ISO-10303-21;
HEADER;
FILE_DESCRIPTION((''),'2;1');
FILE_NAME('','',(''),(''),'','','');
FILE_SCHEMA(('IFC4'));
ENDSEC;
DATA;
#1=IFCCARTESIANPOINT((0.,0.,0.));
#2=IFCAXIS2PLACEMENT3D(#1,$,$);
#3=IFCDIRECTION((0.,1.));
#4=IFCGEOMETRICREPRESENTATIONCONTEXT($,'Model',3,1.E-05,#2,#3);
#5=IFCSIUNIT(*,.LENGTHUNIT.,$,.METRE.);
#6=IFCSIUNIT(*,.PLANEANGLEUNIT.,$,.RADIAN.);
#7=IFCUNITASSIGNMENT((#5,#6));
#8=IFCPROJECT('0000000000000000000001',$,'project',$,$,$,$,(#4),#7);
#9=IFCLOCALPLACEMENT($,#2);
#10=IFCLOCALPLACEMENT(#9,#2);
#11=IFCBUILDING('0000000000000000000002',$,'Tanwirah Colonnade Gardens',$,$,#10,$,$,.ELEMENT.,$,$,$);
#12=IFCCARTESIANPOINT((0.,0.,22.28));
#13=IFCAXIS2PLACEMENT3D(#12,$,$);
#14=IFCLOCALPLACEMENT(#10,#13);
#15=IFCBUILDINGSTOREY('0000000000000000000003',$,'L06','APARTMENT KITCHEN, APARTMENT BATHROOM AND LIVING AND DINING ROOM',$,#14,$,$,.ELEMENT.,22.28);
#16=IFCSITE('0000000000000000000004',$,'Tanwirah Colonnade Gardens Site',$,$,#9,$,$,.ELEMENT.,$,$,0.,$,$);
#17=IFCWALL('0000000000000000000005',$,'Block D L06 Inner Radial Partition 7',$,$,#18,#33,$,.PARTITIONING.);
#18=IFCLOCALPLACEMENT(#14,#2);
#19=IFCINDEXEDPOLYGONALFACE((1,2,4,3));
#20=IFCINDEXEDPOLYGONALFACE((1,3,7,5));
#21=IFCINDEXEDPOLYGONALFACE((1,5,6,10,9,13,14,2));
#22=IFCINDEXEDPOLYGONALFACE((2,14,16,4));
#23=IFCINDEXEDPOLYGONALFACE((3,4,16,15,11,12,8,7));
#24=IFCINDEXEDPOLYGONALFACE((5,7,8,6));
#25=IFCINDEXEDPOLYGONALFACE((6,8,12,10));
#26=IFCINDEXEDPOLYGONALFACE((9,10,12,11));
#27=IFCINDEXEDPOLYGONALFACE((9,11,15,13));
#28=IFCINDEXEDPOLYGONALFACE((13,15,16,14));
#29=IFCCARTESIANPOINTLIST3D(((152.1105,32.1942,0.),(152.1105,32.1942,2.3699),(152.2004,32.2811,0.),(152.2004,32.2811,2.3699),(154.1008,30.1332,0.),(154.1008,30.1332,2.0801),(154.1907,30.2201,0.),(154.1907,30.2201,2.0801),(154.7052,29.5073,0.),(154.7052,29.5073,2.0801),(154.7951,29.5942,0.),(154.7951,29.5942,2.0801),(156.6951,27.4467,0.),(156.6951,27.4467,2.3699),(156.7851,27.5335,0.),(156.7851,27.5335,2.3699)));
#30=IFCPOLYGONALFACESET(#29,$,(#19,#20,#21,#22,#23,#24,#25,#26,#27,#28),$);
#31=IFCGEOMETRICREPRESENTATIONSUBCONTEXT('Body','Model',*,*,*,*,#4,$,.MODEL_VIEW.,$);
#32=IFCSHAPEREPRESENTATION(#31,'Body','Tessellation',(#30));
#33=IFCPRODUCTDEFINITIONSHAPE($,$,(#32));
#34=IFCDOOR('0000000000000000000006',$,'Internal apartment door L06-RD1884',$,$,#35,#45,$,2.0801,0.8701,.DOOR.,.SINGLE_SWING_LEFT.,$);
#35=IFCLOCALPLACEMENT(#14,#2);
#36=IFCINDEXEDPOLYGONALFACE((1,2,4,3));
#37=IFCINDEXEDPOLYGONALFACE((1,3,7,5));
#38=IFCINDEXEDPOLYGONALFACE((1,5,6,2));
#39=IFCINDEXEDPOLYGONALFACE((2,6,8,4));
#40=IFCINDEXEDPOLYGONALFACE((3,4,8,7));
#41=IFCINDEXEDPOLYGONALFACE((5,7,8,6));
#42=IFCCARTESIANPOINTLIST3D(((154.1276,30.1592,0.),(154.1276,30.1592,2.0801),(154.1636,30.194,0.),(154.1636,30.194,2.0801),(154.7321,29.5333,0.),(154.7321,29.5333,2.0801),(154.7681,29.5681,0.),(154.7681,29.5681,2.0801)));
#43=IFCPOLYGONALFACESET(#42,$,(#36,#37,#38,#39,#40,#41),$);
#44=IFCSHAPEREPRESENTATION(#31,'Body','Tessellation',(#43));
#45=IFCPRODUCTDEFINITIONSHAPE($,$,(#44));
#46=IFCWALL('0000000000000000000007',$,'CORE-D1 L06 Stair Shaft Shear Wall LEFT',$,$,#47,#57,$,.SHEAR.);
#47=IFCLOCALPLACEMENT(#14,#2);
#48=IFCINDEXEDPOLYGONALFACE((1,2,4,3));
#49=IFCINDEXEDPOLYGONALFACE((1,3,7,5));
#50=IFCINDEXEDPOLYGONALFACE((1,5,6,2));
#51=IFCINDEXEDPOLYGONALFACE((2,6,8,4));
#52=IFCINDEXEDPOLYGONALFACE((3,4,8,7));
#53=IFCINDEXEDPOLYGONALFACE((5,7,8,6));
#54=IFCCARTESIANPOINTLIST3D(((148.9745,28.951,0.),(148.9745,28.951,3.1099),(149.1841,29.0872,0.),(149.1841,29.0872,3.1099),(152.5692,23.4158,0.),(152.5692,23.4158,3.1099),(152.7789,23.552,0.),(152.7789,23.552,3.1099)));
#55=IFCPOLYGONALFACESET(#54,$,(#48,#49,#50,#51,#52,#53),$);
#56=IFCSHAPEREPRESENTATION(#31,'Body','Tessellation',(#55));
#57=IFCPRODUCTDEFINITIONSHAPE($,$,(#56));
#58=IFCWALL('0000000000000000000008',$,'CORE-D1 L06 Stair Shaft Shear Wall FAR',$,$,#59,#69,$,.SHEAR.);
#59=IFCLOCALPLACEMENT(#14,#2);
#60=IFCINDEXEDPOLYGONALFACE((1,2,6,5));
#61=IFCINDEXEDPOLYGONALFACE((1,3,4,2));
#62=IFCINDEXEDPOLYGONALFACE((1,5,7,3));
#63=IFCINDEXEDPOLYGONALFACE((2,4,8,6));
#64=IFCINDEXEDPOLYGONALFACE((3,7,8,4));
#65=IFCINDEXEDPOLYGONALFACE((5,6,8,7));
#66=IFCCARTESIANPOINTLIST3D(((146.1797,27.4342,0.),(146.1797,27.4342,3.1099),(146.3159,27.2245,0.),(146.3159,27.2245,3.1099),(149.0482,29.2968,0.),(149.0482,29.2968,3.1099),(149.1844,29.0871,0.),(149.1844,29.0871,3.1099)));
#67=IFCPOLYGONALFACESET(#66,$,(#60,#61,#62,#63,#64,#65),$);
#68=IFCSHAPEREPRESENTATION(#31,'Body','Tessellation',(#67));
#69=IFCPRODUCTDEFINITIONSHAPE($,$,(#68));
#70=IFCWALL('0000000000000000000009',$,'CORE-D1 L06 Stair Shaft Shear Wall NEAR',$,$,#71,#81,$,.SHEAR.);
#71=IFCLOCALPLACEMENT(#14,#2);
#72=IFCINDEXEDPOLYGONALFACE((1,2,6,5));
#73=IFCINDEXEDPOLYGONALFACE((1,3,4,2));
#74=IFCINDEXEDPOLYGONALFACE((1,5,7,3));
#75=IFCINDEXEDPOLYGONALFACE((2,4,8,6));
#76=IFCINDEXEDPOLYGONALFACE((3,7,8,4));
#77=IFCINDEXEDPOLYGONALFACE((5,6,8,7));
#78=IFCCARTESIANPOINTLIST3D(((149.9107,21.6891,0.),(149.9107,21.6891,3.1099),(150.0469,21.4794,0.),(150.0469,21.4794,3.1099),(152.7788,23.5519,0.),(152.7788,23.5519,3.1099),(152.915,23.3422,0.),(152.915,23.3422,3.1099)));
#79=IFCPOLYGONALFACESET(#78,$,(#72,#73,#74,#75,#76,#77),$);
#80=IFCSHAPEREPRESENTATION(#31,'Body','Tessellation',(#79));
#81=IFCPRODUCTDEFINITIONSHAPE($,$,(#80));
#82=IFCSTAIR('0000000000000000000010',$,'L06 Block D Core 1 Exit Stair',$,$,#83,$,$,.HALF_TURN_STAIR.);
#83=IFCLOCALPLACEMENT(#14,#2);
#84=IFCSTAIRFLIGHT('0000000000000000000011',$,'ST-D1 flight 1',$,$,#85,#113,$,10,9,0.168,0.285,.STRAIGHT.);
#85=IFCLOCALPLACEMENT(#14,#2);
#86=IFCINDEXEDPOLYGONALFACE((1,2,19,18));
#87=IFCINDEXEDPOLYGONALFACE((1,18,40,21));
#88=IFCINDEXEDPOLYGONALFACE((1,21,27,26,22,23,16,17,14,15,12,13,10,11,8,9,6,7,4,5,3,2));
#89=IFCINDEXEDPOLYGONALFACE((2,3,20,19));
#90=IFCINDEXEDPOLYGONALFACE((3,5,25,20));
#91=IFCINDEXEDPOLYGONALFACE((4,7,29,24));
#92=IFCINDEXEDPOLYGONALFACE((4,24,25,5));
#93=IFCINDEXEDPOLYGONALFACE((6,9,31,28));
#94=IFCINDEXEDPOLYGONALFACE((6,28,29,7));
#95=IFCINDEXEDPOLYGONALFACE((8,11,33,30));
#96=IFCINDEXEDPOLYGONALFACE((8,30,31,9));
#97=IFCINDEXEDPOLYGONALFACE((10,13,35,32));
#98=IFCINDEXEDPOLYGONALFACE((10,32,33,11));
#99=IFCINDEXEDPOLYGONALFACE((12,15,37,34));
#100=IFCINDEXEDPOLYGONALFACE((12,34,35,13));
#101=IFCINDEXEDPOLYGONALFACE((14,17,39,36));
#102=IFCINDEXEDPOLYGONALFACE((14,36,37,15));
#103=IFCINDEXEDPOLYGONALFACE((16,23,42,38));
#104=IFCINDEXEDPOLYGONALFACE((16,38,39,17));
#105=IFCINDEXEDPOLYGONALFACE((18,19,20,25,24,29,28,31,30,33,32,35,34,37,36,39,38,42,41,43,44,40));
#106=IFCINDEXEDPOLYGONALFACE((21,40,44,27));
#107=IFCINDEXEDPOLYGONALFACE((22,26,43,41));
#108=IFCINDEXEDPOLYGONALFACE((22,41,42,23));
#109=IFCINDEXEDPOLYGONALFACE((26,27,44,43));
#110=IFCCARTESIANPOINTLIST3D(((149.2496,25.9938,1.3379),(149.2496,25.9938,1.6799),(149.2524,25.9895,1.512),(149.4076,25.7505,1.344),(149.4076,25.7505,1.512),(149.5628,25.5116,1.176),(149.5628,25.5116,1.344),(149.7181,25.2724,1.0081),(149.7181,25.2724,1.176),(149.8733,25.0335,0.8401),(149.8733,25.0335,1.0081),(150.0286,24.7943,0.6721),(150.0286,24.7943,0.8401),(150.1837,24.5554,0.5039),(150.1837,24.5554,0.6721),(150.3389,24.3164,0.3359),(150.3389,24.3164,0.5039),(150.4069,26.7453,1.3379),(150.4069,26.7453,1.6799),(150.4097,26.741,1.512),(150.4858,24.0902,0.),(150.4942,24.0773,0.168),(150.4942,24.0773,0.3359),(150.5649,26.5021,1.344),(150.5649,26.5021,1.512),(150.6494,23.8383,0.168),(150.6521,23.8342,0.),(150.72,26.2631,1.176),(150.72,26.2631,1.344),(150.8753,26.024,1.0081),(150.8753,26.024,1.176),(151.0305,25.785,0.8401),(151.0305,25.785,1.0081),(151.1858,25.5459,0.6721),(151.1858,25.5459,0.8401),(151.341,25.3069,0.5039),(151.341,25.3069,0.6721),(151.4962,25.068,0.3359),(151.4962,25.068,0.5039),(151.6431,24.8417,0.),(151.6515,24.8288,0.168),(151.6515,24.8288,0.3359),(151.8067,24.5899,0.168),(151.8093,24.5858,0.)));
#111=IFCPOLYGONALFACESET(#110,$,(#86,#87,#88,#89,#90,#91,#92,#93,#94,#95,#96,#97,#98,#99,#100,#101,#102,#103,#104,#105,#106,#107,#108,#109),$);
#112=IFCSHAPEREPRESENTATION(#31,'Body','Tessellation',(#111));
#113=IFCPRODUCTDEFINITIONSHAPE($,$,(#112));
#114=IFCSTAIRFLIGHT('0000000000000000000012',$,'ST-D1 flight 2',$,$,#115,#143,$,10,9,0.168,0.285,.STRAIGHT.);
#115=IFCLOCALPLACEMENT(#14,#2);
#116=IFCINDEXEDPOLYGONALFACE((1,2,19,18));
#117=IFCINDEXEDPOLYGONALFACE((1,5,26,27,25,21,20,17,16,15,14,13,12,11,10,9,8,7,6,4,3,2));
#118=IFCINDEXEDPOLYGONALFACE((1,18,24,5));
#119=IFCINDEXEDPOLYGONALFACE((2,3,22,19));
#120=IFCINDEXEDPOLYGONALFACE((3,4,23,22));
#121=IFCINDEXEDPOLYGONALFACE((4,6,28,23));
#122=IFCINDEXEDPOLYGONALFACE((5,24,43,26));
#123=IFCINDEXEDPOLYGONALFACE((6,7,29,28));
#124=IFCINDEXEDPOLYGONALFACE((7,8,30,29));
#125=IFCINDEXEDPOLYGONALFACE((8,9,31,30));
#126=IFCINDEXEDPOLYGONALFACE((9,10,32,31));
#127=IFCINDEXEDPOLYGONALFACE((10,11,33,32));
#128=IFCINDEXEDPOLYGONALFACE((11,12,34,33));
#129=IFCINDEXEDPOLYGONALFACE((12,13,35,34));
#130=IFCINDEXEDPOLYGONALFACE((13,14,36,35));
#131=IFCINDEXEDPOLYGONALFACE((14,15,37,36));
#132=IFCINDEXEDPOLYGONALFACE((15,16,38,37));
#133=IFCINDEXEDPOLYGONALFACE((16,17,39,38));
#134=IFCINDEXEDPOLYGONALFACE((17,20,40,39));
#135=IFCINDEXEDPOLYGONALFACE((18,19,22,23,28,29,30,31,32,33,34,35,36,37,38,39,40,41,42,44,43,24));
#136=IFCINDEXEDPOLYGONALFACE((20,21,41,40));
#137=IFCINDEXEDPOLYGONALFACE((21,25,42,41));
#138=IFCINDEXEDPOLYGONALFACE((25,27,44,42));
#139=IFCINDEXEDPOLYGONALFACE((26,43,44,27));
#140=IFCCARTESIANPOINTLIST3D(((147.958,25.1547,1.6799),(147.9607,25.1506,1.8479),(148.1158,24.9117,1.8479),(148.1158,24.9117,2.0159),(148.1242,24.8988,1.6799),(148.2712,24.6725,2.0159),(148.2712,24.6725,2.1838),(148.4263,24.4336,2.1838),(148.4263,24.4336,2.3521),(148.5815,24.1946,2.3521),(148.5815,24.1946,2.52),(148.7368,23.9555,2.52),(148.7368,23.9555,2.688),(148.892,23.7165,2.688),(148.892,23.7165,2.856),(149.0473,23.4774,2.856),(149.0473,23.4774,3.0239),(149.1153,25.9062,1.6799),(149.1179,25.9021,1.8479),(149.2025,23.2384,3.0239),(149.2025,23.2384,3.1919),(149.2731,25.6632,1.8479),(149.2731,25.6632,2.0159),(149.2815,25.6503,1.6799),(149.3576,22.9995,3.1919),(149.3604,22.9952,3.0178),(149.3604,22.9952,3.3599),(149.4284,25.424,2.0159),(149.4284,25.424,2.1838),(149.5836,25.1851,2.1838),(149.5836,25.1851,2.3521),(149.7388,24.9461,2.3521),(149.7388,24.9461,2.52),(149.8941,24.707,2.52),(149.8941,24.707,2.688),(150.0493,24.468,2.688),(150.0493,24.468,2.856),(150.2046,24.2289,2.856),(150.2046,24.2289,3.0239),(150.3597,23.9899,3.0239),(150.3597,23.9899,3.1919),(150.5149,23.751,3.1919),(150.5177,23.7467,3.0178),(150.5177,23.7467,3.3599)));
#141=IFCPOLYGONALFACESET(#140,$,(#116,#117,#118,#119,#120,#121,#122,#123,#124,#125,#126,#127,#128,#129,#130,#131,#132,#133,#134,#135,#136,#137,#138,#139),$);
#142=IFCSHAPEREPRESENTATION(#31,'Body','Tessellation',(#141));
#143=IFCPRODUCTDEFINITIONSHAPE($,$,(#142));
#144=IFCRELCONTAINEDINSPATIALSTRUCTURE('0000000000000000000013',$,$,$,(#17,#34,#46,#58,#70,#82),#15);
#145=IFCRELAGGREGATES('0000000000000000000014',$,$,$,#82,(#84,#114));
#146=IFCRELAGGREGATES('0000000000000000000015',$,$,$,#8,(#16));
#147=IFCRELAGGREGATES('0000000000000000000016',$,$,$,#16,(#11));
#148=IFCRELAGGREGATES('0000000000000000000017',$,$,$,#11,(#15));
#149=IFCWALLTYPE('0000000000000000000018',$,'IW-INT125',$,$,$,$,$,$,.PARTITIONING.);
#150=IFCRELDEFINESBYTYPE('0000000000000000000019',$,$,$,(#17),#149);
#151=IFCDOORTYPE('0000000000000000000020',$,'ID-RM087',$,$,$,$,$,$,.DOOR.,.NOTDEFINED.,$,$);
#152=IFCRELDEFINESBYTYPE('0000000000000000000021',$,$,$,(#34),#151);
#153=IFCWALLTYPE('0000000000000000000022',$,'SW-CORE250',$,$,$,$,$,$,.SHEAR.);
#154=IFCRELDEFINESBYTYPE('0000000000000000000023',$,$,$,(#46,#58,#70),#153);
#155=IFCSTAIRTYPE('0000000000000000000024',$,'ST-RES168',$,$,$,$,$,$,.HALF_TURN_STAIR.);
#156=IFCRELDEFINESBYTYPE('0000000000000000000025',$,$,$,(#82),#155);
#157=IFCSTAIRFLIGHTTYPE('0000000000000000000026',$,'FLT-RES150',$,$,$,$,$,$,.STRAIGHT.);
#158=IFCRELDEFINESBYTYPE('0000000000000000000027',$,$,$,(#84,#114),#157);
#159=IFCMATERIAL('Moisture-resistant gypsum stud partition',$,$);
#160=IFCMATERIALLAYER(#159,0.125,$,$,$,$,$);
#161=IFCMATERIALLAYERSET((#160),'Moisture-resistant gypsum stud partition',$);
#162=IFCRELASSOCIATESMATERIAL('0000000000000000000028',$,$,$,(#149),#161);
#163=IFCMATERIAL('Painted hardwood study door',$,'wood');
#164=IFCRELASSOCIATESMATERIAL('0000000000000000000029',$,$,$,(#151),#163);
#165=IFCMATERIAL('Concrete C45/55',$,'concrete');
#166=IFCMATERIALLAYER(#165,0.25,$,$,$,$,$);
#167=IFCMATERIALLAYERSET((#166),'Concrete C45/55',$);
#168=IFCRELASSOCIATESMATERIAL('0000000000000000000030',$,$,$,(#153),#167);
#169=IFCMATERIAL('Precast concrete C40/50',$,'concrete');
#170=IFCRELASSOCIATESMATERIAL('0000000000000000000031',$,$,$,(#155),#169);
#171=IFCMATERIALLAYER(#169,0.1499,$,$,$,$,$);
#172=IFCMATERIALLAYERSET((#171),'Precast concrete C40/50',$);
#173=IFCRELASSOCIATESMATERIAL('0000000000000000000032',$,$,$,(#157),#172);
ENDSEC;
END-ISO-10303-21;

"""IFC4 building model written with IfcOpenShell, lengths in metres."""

from ifc_helpers import new_model, si_unit, direction, frame, frame_2d, origin, place, context, subcontext, project, spatial, polyline, rectangle, outline, extrude, material, layer, layer_set, type_object, element, fill, aggregate, save


model = new_model("IFC4")

# Units and contexts
model_context = context("Model", 3, precision=1e-05, world=origin(), true_north=direction((0.0, 1.0)))
body_context = subcontext(model_context, "Body", "Model", "MODEL_VIEW")
ifc_project = project(units=[si_unit("LENGTHUNIT", "METRE"), si_unit("PLANEANGLEUNIT", "RADIAN")], contexts=[model_context])

# Site, building, storey
site_placement = place(None, origin())
site = spatial("IfcSite", under=ifc_project, at=site_placement, Name="Tanwirah Colonnade Gardens Site", CompositionType="ELEMENT", RefElevation=0.0)
building_placement = place(site_placement, origin())
building = spatial("IfcBuilding", under=site, at=building_placement, Name="Tanwirah Colonnade Gardens", CompositionType="ELEMENT")
storey_placement = place(building_placement, frame((0.0, 0.0, 22.28)))
storey = spatial("IfcBuildingStorey", under=building, at=storey_placement, Name="L06", Description="APARTMENT KITCHEN, APARTMENT BATHROOM AND LIVING AND DINING ROOM", CompositionType="ELEMENT", Elevation=22.28)

# Shared definitions
ifc_material_1 = material(Name="Precast concrete C40/50", Category="concrete")

# Wall, opening, door
ifc_material_2 = material(Name="Moisture-resistant gypsum stud partition")
ifc_layer_1 = layer(ifc_material_2, 0.125)
ifc_layer_set_1 = layer_set([ifc_layer_1], Name="Moisture-resistant gypsum stud partition")
wall_type_1 = type_object("IfcWallType", Name="IW-INT125", PredefinedType="PARTITIONING", material=ifc_layer_set_1)
wall_1_placement = place(storey_placement, frame((152.1555, 32.2375, 0.0), z_axis=(0.0, 0.0, 1.0), x_axis=(0.694663, -0.719336, 0.0)))
wall_1 = element("IfcWall", 1, at=wall_1_placement, inside=storey, type_object=wall_type_1, Name="Block D L06 Inner Radial Partition 7", PredefinedType="PARTITIONING", context=body_context, shape_type="SweptSolid", body=[
    extrude(rectangle(XDim=6.5999, YDim=0.125, at=frame_2d((3.2998, 0.0))), origin(), (0.0, 0.0, 1.0), 2.3699),
])
opening_1_placement = place(wall_1_placement, frame((2.865, 0.0, 0.0)))
opening_1 = element("IfcOpeningElement", 2, at=opening_1_placement, cuts=wall_1, PredefinedType="OPENING", context=body_context, shape_type="SweptSolid", body=[
    extrude(rectangle(XDim=0.8701, YDim=2.0801, at=frame_2d((0.4351, 1.04))), frame((0.0, 0.0725, 0.0), z_axis=(0.0, -1.0, 0.0), x_axis=(1.0, 0.0, 0.0)), (0.0, 0.0, 1.0), 0.145),
])
ifc_material_3 = material(Name="Painted hardwood study door", Category="wood")
door_type_1 = type_object("IfcDoorType", Name="ID-RM087", OperationType="NOTDEFINED", PredefinedType="DOOR", material=ifc_material_3)
door_1_placement = place(opening_1_placement, origin())
door_1 = element("IfcDoor", 3, at=door_1_placement, inside=storey, type_object=door_type_1, Name="Internal apartment door L06-RD1884", OperationType="SINGLE_SWING_LEFT", OverallHeight=2.0801, OverallWidth=0.8701, PredefinedType="DOOR", context=body_context, shape_type="SweptSolid", body=[
    extrude(rectangle(XDim=0.8701, YDim=2.0801, at=frame_2d((0.4351, 1.04))), frame((0.0, 0.0249, 0.0), z_axis=(0.0, -1.0, 0.0), x_axis=(1.0, 0.0, 0.0)), (0.0, 0.0, 1.0), 0.05),
])
fill(opening_1, door_1)

# Walls
ifc_material_4 = material(Name="Concrete C45/55", Category="concrete")
ifc_layer_2 = layer(ifc_material_4, 0.25)
ifc_layer_set_2 = layer_set([ifc_layer_2], Name="Concrete C45/55")
wall_type_2 = type_object("IfcWallType", Name="SW-CORE250", PredefinedType="SHEAR", material=ifc_layer_set_2)
wall_2_placement = place(storey_placement, frame((152.6741, 23.4839, 0.0), z_axis=(0.0, 0.0, 1.0), x_axis=(-0.544655, 0.83866, 0.0)))
element("IfcWall", 4, at=wall_2_placement, inside=storey, type_object=wall_type_2, Name="CORE-D1 L06 Stair Shaft Shear Wall LEFT", PredefinedType="SHEAR", context=body_context, shape_type="SweptSolid", body=[
    extrude(rectangle(XDim=6.6001, YDim=0.25, at=frame_2d((3.3, 0.0))), origin(), (0.0, 0.0, 1.0), 3.1099),
])
wall_3_placement = place(storey_placement, frame((149.1162, 29.1919, 0.0), z_axis=(0.0, 0.0, 1.0), x_axis=(-0.8387, -0.544594, 0.0)))
element("IfcWall", 5, at=wall_3_placement, inside=storey, type_object=wall_type_2, Name="CORE-D1 L06 Stair Shaft Shear Wall FAR", PredefinedType="SHEAR", context=body_context, shape_type="SweptSolid", body=[
    extrude(rectangle(XDim=3.4202, YDim=0.25, at=frame_2d((1.71, 0.0))), origin(), (0.0, 0.0, 1.0), 3.1099),
])
wall_4_placement = place(storey_placement, frame((152.8469, 23.447, 0.0), z_axis=(0.0, 0.0, 1.0), x_axis=(-0.838646, -0.544677, 0.0)))
element("IfcWall", 6, at=wall_4_placement, inside=storey, type_object=wall_type_2, Name="CORE-D1 L06 Stair Shaft Shear Wall NEAR", PredefinedType="SHEAR", context=body_context, shape_type="SweptSolid", body=[
    extrude(rectangle(XDim=3.4199, YDim=0.25, at=frame_2d((1.71, 0.0))), origin(), (0.0, 0.0, 1.0), 3.1099),
])

# Stair, stair flights
stair_type = type_object("IfcStairType", Name="ST-RES168", PredefinedType="HALF_TURN_STAIR", material=ifc_material_1)
stair_placement = place(storey_placement, origin())
stair = element("IfcStair", 7, at=stair_placement, inside=storey, type_object=stair_type, Name="L06 Block D Core 1 Exit Stair", PredefinedType="HALF_TURN_STAIR")
ifc_layer_3 = layer(ifc_material_1, 0.1499)
ifc_layer_set_3 = layer_set([ifc_layer_3], Name="Precast concrete C40/50")
stair_flight_type = type_object("IfcStairFlightType", Name="FLT-RES150", PredefinedType="STRAIGHT", material=ifc_layer_set_3)
stair_flight_1_placement = place(storey_placement, frame((151.228, 24.2141, 0.0), z_axis=(0.0, 0.0, 1.0), x_axis=(-0.544639, 0.838671, 0.0)))
stair_flight_1 = element("IfcStairFlight", 8, at=stair_flight_1_placement, type_object=stair_flight_type, Name="ST-D1 flight 1", NumberOfRisers=10, NumberOfTreads=9, PredefinedType="STRAIGHT", RiserHeight=0.168, TreadLength=0.285, context=body_context, shape_type="SweptSolid", body=[
    extrude(outline(polyline([(-0.0049, 0.0), (0.0, 0.168), (0.2849, 0.168), (0.2849, 0.3359), (0.5701, 0.3359), (0.5701, 0.5039), (0.855, 0.5039), (0.855, 0.6721), (1.1399, 0.6721), (1.1399, 0.8401), (1.425, 0.8401), (1.425, 1.0081), (1.71, 1.0081), (1.71, 1.176), (1.9951, 1.176), (1.9951, 1.344), (2.28, 1.344), (2.28, 1.512), (2.5649, 1.512), (2.5701, 1.6799), (2.5701, 1.3379), (0.3003, 0.0), (-0.0049, 0.0)])), frame((0.0, 0.6899, 0.0), z_axis=(0.0, -1.0, 0.0), x_axis=(1.0, 0.0, 0.0)), (0.0, 0.0, 1.0), 1.3799),
])
stair_flight_2_placement = place(storey_placement, frame((148.5393, 25.5264, 1.6799), z_axis=(0.0, 0.0, 1.0), x_axis=(0.544639, -0.838671, 0.0)))
stair_flight_2 = element("IfcStairFlight", 9, at=stair_flight_2_placement, type_object=stair_flight_type, Name="ST-D1 flight 2", NumberOfRisers=10, NumberOfTreads=9, PredefinedType="STRAIGHT", RiserHeight=0.168, TreadLength=0.285, context=body_context, shape_type="SweptSolid", body=[
    extrude(outline(polyline([(-0.0049, 0.0), (0.0, 0.168), (0.2849, 0.168), (0.2849, 0.3359), (0.5701, 0.3359), (0.5701, 0.5039), (0.855, 0.5039), (0.855, 0.6721), (1.1399, 0.6721), (1.1399, 0.8401), (1.425, 0.8401), (1.425, 1.0081), (1.71, 1.0081), (1.71, 1.176), (1.9951, 1.176), (1.9951, 1.344), (2.28, 1.344), (2.28, 1.512), (2.5649, 1.512), (2.5701, 1.6799), (2.5701, 1.3379), (0.3003, 0.0), (-0.0049, 0.0)])), frame((0.0, 0.6899, 0.0), z_axis=(0.0, -1.0, 0.0), x_axis=(1.0, 0.0, 0.0)), (0.0, 0.0, 1.0), 1.3799),
])
aggregate(stair, [stair_flight_1, stair_flight_2])

save(model, "model.ifc")
